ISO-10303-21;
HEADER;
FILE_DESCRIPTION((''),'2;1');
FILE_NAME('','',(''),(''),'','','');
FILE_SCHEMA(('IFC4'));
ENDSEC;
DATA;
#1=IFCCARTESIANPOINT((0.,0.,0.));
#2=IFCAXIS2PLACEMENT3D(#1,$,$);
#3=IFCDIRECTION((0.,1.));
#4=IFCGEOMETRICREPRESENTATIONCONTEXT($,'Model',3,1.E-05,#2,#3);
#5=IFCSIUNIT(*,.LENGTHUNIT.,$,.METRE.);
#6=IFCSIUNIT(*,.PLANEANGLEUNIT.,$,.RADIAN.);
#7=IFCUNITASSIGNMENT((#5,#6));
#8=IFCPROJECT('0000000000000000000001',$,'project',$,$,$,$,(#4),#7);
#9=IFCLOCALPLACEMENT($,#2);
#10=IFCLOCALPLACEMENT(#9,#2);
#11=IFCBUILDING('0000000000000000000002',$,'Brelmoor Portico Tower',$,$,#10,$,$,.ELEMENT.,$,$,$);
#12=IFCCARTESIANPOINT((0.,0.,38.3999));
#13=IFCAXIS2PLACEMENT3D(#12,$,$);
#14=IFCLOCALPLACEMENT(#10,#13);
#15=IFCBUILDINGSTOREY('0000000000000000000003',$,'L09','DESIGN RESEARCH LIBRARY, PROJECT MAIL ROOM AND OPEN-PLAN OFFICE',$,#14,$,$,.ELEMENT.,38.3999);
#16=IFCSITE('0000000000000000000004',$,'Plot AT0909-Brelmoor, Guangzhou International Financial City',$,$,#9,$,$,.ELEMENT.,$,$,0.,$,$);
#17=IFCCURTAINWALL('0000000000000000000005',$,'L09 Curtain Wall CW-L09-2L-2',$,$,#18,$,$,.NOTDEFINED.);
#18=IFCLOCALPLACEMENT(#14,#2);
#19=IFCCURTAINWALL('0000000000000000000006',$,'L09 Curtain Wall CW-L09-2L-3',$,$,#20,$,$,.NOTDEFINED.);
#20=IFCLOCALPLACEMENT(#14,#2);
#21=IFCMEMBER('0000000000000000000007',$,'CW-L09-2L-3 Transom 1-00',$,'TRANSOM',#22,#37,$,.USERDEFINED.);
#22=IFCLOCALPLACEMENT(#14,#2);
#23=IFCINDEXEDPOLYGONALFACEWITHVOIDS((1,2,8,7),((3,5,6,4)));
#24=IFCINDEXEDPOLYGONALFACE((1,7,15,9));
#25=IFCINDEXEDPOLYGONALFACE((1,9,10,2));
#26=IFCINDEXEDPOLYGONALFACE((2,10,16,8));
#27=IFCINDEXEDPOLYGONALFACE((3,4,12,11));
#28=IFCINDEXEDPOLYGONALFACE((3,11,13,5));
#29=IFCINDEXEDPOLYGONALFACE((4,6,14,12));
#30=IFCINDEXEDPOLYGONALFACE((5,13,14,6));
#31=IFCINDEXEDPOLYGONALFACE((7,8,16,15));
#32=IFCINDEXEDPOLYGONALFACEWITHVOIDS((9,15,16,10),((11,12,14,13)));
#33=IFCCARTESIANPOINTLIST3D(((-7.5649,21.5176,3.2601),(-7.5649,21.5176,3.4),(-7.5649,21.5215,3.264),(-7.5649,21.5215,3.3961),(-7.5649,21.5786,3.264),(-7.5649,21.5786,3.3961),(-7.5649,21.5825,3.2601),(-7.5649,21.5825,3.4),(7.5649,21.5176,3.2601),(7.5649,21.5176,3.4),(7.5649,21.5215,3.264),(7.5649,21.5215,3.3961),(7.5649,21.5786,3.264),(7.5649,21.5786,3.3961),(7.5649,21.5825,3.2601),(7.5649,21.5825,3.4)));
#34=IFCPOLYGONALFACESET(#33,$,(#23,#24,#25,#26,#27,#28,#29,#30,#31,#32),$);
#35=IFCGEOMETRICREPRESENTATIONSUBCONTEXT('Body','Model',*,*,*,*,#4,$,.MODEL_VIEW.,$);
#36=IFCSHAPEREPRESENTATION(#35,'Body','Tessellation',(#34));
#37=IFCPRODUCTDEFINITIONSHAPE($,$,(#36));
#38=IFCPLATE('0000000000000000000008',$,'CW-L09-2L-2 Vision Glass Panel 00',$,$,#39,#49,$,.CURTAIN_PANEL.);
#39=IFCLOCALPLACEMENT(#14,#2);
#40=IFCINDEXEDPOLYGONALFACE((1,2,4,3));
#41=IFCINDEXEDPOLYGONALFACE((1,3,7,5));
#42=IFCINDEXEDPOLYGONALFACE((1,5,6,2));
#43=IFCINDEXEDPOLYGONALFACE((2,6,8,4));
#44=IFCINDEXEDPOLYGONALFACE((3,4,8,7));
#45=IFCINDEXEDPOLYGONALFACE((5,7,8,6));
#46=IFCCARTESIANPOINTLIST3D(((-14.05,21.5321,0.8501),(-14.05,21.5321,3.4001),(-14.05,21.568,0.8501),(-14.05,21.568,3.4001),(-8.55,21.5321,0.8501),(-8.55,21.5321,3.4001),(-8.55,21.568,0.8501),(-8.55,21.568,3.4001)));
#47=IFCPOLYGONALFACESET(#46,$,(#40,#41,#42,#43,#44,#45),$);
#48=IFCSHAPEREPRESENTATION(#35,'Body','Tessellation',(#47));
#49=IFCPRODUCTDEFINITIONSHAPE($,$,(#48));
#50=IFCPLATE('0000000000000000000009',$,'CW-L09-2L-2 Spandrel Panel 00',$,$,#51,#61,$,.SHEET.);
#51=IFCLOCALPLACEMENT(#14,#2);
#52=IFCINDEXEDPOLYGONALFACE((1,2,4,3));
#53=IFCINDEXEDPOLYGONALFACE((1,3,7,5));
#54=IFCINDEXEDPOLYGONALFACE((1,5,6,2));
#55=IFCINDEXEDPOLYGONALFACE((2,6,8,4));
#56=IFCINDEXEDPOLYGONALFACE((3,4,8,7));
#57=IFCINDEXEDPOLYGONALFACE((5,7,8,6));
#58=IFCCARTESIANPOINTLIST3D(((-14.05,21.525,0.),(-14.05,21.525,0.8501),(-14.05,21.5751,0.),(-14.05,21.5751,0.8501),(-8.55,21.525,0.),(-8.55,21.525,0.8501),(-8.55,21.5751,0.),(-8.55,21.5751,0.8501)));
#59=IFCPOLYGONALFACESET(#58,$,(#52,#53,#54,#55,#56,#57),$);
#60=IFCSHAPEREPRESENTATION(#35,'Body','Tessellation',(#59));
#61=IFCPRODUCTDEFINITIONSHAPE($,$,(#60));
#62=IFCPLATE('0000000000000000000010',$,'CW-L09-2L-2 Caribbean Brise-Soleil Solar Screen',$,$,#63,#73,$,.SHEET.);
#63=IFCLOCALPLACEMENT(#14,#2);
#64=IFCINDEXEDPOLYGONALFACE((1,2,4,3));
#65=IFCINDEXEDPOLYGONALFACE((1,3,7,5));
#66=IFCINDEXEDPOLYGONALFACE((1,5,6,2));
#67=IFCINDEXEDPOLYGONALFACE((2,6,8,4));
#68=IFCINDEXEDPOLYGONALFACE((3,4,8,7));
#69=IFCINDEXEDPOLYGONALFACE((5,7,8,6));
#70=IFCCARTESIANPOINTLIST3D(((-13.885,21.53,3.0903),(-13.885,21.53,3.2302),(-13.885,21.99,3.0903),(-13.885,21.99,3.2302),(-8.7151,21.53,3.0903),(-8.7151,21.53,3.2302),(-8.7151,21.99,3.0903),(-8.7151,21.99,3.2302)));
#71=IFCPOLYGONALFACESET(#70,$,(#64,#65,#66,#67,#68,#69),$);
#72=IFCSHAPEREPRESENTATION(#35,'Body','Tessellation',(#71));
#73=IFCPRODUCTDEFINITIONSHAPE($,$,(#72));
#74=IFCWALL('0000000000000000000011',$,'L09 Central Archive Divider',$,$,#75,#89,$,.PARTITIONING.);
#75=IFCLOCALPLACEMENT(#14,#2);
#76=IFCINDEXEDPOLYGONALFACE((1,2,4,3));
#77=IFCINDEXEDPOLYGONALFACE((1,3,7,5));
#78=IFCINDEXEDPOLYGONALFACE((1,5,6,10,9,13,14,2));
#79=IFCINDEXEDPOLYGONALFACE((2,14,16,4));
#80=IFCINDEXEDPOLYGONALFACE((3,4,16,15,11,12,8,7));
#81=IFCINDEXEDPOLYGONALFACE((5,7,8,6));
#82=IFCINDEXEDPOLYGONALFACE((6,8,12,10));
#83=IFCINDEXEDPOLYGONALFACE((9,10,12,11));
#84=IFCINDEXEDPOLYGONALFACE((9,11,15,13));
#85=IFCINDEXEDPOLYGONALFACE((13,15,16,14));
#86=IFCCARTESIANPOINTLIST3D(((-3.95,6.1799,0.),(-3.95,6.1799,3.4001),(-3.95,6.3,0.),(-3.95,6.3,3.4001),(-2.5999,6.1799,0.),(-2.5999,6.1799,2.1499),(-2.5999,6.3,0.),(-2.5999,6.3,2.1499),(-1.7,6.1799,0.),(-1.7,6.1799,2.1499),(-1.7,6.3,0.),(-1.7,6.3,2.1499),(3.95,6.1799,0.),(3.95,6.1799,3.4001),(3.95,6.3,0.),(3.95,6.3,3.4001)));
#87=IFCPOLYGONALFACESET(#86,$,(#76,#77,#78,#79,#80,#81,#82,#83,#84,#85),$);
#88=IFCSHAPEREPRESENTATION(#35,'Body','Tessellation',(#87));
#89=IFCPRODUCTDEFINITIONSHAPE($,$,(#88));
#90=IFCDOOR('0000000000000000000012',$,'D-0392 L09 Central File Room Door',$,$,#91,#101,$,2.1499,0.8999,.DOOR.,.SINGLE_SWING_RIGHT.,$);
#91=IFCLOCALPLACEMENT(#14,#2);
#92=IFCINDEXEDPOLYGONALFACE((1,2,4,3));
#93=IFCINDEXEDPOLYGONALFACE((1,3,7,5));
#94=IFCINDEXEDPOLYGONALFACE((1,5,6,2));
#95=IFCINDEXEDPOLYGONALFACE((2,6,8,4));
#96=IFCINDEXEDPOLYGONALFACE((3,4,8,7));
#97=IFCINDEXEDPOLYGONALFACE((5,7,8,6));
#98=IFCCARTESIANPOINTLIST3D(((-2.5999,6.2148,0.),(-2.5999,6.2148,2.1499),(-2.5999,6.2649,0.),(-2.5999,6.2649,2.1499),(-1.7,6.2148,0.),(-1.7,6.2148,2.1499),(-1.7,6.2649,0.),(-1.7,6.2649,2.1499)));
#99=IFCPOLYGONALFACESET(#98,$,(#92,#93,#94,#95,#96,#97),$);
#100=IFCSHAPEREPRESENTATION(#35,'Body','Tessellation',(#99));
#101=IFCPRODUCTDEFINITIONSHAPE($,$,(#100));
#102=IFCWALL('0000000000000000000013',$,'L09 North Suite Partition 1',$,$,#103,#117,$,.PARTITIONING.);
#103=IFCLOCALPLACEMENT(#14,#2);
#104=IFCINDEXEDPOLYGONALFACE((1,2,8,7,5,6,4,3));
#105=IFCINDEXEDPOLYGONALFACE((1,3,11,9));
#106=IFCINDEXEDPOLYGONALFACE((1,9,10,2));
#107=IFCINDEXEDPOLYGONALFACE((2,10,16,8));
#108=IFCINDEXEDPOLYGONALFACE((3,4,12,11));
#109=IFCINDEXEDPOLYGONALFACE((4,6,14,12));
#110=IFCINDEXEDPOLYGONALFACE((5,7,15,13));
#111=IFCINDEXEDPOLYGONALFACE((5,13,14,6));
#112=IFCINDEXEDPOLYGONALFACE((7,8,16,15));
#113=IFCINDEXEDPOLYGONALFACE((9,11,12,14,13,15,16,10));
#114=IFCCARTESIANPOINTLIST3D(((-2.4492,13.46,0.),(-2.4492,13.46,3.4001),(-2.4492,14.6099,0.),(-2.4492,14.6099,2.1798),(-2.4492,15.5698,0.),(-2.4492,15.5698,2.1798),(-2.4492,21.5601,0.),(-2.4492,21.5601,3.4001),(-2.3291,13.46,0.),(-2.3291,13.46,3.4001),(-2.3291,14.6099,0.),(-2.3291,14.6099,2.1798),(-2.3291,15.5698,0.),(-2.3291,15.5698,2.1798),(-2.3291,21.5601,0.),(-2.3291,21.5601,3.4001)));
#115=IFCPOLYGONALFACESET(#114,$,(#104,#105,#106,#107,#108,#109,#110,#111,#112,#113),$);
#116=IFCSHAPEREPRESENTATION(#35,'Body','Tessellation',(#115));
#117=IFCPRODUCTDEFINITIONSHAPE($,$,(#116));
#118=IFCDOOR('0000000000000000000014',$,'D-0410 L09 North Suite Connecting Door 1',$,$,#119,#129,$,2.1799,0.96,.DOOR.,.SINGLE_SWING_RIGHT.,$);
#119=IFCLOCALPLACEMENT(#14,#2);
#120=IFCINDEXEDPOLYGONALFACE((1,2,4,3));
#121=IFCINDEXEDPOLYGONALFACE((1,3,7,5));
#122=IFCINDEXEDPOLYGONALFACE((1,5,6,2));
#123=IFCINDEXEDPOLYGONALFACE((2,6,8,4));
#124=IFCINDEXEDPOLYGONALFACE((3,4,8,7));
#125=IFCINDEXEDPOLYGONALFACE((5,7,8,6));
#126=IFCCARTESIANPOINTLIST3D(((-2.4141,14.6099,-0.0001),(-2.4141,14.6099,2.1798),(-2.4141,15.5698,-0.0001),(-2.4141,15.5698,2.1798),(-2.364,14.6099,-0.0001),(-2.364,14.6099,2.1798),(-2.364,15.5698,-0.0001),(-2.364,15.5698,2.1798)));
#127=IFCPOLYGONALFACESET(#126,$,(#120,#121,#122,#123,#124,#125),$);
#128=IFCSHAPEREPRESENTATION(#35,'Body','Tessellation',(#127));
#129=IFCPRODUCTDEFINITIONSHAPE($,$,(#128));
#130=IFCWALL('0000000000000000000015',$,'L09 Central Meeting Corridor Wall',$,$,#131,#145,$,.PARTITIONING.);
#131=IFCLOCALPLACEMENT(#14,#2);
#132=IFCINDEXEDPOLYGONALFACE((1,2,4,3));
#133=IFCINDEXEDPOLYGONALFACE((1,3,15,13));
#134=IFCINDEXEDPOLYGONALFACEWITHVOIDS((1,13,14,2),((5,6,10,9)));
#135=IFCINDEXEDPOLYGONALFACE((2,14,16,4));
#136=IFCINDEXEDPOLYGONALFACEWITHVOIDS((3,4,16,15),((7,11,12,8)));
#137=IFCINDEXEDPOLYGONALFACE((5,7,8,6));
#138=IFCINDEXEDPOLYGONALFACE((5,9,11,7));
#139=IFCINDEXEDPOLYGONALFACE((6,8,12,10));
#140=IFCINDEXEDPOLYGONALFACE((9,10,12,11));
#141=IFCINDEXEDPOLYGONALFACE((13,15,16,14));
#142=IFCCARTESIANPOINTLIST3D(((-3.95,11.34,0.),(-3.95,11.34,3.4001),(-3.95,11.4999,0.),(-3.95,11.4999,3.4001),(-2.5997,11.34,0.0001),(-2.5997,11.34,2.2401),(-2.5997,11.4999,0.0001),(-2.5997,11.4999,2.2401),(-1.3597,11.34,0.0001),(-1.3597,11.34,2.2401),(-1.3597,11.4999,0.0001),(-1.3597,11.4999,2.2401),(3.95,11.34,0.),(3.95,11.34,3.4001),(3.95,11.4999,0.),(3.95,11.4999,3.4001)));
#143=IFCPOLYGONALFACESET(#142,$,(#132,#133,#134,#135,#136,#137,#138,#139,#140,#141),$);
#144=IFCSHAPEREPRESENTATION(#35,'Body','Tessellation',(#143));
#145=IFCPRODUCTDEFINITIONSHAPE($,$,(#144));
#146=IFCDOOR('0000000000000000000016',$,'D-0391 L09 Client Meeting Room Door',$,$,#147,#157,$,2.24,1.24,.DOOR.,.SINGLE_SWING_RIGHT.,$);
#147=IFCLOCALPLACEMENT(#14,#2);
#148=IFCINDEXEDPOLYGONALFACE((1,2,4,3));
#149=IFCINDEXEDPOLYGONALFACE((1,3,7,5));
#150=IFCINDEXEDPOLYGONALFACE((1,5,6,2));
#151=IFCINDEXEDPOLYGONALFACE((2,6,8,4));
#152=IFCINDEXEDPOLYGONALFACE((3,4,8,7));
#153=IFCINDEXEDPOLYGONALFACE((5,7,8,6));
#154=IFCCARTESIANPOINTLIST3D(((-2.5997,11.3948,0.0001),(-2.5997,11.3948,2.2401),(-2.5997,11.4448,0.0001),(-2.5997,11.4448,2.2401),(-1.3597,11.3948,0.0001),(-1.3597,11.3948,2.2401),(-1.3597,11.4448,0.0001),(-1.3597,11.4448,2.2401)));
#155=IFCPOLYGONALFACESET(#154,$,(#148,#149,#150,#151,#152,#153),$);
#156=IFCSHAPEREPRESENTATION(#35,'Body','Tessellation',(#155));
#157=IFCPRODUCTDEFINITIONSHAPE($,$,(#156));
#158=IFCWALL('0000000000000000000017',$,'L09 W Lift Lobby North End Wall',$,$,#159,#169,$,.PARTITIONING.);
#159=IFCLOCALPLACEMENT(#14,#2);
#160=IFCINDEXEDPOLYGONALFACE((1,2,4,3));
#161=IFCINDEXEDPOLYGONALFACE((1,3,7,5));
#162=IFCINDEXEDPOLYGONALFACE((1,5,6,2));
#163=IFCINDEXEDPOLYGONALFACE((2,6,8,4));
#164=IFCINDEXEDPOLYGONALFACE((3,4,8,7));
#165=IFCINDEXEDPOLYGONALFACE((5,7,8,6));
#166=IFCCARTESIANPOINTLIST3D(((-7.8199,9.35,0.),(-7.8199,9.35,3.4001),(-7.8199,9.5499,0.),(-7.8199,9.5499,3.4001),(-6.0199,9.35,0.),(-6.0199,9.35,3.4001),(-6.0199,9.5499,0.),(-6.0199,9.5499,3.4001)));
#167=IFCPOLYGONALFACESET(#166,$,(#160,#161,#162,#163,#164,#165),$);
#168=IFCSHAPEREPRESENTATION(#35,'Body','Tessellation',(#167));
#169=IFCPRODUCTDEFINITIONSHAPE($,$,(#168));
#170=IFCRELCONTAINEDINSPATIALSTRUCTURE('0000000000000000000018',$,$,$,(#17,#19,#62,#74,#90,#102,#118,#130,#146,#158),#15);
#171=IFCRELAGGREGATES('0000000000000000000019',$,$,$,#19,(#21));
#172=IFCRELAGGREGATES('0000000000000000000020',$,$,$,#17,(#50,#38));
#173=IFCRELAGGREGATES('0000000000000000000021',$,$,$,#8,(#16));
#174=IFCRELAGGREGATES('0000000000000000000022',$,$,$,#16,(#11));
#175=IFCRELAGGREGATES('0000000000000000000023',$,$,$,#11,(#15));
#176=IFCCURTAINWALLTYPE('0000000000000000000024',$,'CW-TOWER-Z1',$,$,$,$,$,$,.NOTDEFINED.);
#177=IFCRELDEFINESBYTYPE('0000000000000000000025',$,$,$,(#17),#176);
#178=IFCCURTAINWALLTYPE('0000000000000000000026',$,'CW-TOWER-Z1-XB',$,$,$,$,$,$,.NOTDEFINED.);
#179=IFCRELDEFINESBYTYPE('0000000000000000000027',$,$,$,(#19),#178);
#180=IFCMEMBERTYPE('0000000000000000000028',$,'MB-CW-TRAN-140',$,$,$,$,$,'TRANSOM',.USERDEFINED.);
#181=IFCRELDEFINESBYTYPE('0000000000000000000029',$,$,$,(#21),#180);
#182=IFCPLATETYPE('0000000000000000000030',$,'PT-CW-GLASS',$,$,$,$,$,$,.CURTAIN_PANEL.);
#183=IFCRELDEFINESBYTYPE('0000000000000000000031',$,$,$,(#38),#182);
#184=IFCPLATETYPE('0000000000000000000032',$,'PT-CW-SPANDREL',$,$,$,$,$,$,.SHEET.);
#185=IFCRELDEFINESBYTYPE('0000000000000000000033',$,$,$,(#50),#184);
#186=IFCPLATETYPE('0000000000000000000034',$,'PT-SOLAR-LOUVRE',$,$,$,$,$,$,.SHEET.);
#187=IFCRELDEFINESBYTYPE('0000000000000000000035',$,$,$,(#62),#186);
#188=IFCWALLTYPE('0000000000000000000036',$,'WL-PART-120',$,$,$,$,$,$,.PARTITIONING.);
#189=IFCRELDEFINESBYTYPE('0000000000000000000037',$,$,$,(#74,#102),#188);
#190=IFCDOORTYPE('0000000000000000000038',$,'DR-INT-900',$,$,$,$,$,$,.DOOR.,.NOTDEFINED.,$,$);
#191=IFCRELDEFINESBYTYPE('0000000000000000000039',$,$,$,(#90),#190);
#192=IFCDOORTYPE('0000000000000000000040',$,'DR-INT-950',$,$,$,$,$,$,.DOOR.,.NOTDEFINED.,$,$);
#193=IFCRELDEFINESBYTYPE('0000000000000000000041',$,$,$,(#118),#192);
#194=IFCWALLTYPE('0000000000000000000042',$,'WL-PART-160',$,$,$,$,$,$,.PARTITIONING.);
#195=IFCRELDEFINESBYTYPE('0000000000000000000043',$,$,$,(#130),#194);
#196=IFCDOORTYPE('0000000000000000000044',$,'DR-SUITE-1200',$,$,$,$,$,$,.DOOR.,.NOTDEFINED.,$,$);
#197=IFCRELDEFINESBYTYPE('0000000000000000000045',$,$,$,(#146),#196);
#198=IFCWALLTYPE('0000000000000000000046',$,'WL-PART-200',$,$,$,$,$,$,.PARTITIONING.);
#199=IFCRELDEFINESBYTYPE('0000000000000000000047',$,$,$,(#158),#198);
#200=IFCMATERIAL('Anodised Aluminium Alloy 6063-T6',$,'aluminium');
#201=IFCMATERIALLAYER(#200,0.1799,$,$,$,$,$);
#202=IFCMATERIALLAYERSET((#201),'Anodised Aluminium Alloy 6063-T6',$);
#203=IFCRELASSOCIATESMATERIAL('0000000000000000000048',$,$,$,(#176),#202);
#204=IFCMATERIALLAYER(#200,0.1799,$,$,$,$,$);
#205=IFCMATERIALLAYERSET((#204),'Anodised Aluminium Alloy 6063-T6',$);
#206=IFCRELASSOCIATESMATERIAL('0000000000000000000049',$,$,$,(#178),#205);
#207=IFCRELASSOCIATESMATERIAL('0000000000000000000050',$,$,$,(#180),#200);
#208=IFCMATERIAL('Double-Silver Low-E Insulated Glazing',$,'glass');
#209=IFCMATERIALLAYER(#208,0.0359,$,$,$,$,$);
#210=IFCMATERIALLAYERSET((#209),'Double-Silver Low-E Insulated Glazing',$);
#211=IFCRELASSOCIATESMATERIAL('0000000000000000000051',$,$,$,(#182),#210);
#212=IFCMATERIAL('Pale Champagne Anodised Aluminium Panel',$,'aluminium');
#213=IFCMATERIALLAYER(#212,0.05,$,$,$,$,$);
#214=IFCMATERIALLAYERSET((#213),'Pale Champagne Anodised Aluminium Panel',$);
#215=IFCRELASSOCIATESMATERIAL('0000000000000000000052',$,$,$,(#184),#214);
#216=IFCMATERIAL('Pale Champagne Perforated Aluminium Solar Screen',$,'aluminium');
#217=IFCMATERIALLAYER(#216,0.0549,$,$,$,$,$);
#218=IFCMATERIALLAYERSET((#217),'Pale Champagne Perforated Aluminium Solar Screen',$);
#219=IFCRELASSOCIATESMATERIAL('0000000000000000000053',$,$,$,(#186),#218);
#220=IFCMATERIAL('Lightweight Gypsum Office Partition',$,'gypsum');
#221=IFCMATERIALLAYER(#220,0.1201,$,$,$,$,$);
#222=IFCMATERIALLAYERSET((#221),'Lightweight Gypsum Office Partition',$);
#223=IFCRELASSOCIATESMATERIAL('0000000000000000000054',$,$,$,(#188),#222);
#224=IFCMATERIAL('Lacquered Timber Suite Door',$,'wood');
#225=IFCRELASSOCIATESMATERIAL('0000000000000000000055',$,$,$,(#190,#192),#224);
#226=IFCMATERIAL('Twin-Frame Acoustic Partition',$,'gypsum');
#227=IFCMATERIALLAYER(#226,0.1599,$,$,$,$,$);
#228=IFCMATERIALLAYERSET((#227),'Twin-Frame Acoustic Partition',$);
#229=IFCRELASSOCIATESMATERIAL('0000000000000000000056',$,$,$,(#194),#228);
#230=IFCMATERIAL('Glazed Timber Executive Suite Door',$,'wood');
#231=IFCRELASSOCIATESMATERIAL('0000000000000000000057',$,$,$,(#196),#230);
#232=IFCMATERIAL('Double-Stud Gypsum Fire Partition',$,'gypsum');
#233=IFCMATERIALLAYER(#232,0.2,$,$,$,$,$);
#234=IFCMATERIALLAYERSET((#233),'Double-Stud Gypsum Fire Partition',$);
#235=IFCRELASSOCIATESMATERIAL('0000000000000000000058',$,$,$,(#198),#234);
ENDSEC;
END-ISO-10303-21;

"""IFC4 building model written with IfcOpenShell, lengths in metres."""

from ifc_helpers import new_model, si_unit, direction, frame, frame_2d, origin, origin_2d, place, context, subcontext, project, spatial, rectangle, hollow_rectangle, extrude, material, layer, layer_set, material_profile, profile_set, type_object, element, fill, aggregate, save


model = new_model("IFC4")

# Units and contexts
model_context = context("Model", 3, precision=1e-05, world=origin(), true_north=direction((0.0, 1.0)))
body_context = subcontext(model_context, "Body", "Model", "MODEL_VIEW")
ifc_project = project(units=[si_unit("LENGTHUNIT", "METRE"), si_unit("PLANEANGLEUNIT", "RADIAN")], contexts=[model_context])

# Site, building, storey
site_placement = place(None, origin())
site = spatial("IfcSite", under=ifc_project, at=site_placement, Name="Plot AT0909-Brelmoor, Guangzhou International Financial City", CompositionType="ELEMENT", RefElevation=0.0)
building_placement = place(site_placement, origin())
building = spatial("IfcBuilding", under=site, at=building_placement, Name="Brelmoor Portico Tower", CompositionType="ELEMENT")
storey_placement = place(building_placement, frame((0.0, 0.0, 38.3999)))
storey = spatial("IfcBuildingStorey", under=building, at=storey_placement, Name="L09", Description="DESIGN RESEARCH LIBRARY, PROJECT MAIL ROOM AND OPEN-PLAN OFFICE", CompositionType="ELEMENT", Elevation=38.3999)

# Curtain wall
ifc_material_1 = material(Name="Anodised Aluminium Alloy 6063-T6", Category="aluminium")
ifc_layer_1 = layer(ifc_material_1, 0.1799)
ifc_layer_set_1 = layer_set([ifc_layer_1], Name="Anodised Aluminium Alloy 6063-T6")
curtain_wall_type_1 = type_object("IfcCurtainWallType", Name="CW-TOWER-Z1", PredefinedType="NOTDEFINED", material=ifc_layer_set_1)
curtain_wall_1_placement = place(storey_placement, origin())
curtain_wall_1 = element("IfcCurtainWall", 1, at=curtain_wall_1_placement, inside=storey, type_object=curtain_wall_type_1, Name="L09 Curtain Wall CW-L09-2L-2", PredefinedType="NOTDEFINED")

# Curtain wall, member
ifc_layer_2 = layer(ifc_material_1, 0.1799)
ifc_layer_set_2 = layer_set([ifc_layer_2], Name="Anodised Aluminium Alloy 6063-T6")
curtain_wall_type_2 = type_object("IfcCurtainWallType", Name="CW-TOWER-Z1-XB", PredefinedType="NOTDEFINED", material=ifc_layer_set_2)
curtain_wall_2_placement = place(storey_placement, origin())
curtain_wall_2 = element("IfcCurtainWall", 2, at=curtain_wall_2_placement, inside=storey, type_object=curtain_wall_type_2, Name="L09 Curtain Wall CW-L09-2L-3", PredefinedType="NOTDEFINED")
ifc_material_profile_1 = material_profile(ifc_material_1, hollow_rectangle(XDim=0.0649, YDim=0.1399, WallThickness=0.0039, at=origin_2d()), Name="ALU TRANSOM 65x140")
ifc_profile_set_1 = profile_set([ifc_material_profile_1], Name="Anodised Aluminium Alloy 6063-T6")
member_type_1 = type_object("IfcMemberType", Name="MB-CW-TRAN-140", ElementType="TRANSOM", PredefinedType="USERDEFINED", material=ifc_profile_set_1)
member_1_placement = place(storey_placement, frame((-7.5649, 21.55, 3.3301), z_axis=(1.0, 0.0, 0.0), x_axis=(0.0, 1.0, 0.0)))
member_1 = element("IfcMember", 3, at=member_1_placement, type_object=member_type_1, Name="CW-L09-2L-3 Transom 1-00", ObjectType="TRANSOM", PredefinedType="USERDEFINED", context=body_context, shape_type="SweptSolid", body=[
    extrude(hollow_rectangle(XDim=0.0649, YDim=0.1399, WallThickness=0.0039, at=origin_2d()), origin(), (0.0, 0.0, 1.0), 15.1299),
])
aggregate(curtain_wall_2, [member_1])

# Plates
ifc_material_2 = material(Name="Double-Silver Low-E Insulated Glazing", Category="glass")
ifc_layer_3 = layer(ifc_material_2, 0.0359)
ifc_layer_set_3 = layer_set([ifc_layer_3], Name="Double-Silver Low-E Insulated Glazing")
plate_type_1 = type_object("IfcPlateType", Name="PT-CW-GLASS", PredefinedType="CURTAIN_PANEL", material=ifc_layer_set_3)
plate_1_placement = place(storey_placement, frame((-11.3, 21.55, 0.8501), z_axis=(0.0, 0.0, 1.0), x_axis=(1.0, 0.0, 0.0)))
plate_1 = element("IfcPlate", 4, at=plate_1_placement, type_object=plate_type_1, Name="CW-L09-2L-2 Vision Glass Panel 00", PredefinedType="CURTAIN_PANEL", context=body_context, shape_type="SweptSolid", body=[
    extrude(rectangle(XDim=5.5, YDim=0.0359, at=origin_2d()), origin(), (0.0, 0.0, 1.0), 2.55),
])
ifc_material_3 = material(Name="Pale Champagne Anodised Aluminium Panel", Category="aluminium")
ifc_layer_4 = layer(ifc_material_3, 0.05)
ifc_layer_set_4 = layer_set([ifc_layer_4], Name="Pale Champagne Anodised Aluminium Panel")
plate_type_2 = type_object("IfcPlateType", Name="PT-CW-SPANDREL", PredefinedType="SHEET", material=ifc_layer_set_4)
plate_2_placement = place(storey_placement, frame((-11.3, 21.55, 0.0), z_axis=(0.0, 0.0, 1.0), x_axis=(1.0, 0.0, 0.0)))
plate_2 = element("IfcPlate", 5, at=plate_2_placement, type_object=plate_type_2, Name="CW-L09-2L-2 Spandrel Panel 00", PredefinedType="SHEET", context=body_context, shape_type="SweptSolid", body=[
    extrude(rectangle(XDim=5.5, YDim=0.05, at=origin_2d()), origin(), (0.0, 0.0, 1.0), 0.8501),
])
aggregate(curtain_wall_1, [plate_2, plate_1])
ifc_material_4 = material(Name="Pale Champagne Perforated Aluminium Solar Screen", Category="aluminium")
ifc_layer_5 = layer(ifc_material_4, 0.0549)
ifc_layer_set_5 = layer_set([ifc_layer_5], Name="Pale Champagne Perforated Aluminium Solar Screen")
plate_type_3 = type_object("IfcPlateType", Name="PT-SOLAR-LOUVRE", PredefinedType="SHEET", material=ifc_layer_set_5)
plate_3_placement = place(storey_placement, frame((-11.3, 21.76, 3.0903), z_axis=(0.0, 0.0, 1.0), x_axis=(1.0, 0.0, 0.0)))
element("IfcPlate", 6, at=plate_3_placement, inside=storey, type_object=plate_type_3, Name="CW-L09-2L-2 Caribbean Brise-Soleil Solar Screen", PredefinedType="SHEET", context=body_context, shape_type="SweptSolid", body=[
    extrude(rectangle(XDim=5.1699, YDim=0.46, at=origin_2d()), origin(), (0.0, 0.0, 1.0), 0.1399),
])

# Walls, openings, doors
ifc_material_5 = material(Name="Lightweight Gypsum Office Partition", Category="gypsum")
ifc_layer_6 = layer(ifc_material_5, 0.1201)
ifc_layer_set_6 = layer_set([ifc_layer_6], Name="Lightweight Gypsum Office Partition")
wall_type_1 = type_object("IfcWallType", Name="WL-PART-120", PredefinedType="PARTITIONING", material=ifc_layer_set_6)
wall_1_placement = place(storey_placement, frame((-3.95, 6.24, 0.0), z_axis=(0.0, 0.0, 1.0), x_axis=(1.0, 0.0, 0.0)))
wall_1 = element("IfcWall", 7, at=wall_1_placement, inside=storey, type_object=wall_type_1, Name="L09 Central Archive Divider", PredefinedType="PARTITIONING", context=body_context, shape_type="SweptSolid", body=[
    extrude(rectangle(XDim=7.8999, YDim=0.1201, at=frame_2d((3.95, 0.0))), origin(), (0.0, 0.0, 1.0), 3.4001),
])
opening_1_placement = place(wall_1_placement, frame((1.3501, 0.0, 0.0)))
opening_1 = element("IfcOpeningElement", 8, at=opening_1_placement, cuts=wall_1, PredefinedType="OPENING", context=body_context, shape_type="SweptSolid", body=[
    extrude(rectangle(XDim=0.8999, YDim=2.1499, at=frame_2d((0.45, 1.075))), frame((0.0, 0.0701, 0.0), z_axis=(0.0, -1.0, 0.0), x_axis=(1.0, 0.0, 0.0)), (0.0, 0.0, 1.0), 0.1401),
])
ifc_material_6 = material(Name="Lacquered Timber Suite Door", Category="wood")
door_type_1 = type_object("IfcDoorType", Name="DR-INT-900", OperationType="NOTDEFINED", PredefinedType="DOOR", material=ifc_material_6)
door_1_placement = place(opening_1_placement, origin())
door_1 = element("IfcDoor", 9, at=door_1_placement, inside=storey, type_object=door_type_1, Name="D-0392 L09 Central File Room Door", OperationType="SINGLE_SWING_RIGHT", OverallHeight=2.1499, OverallWidth=0.8999, PredefinedType="DOOR", context=body_context, shape_type="SweptSolid", body=[
    extrude(rectangle(XDim=0.8999, YDim=2.1499, at=frame_2d((0.45, 1.075))), frame((0.0, 0.0249, 0.0), z_axis=(0.0, -1.0, 0.0), x_axis=(1.0, 0.0, 0.0)), (0.0, 0.0, 1.0), 0.05),
])
fill(opening_1, door_1)
wall_2_placement = place(storey_placement, frame((-2.3892, 13.46, 0.0), z_axis=(0.0, 0.0, 1.0), x_axis=(0.0, 1.0, 0.0)))
wall_2 = element("IfcWall", 10, at=wall_2_placement, inside=storey, type_object=wall_type_1, Name="L09 North Suite Partition 1", PredefinedType="PARTITIONING", context=body_context, shape_type="SweptSolid", body=[
    extrude(rectangle(XDim=8.1001, YDim=0.1201, at=frame_2d((4.05, 0.0))), origin(), (0.0, 0.0, 1.0), 3.4001),
])
opening_2_placement = place(wall_2_placement, frame((1.1499, 0.0, 0.0)))
opening_2 = element("IfcOpeningElement", 11, at=opening_2_placement, cuts=wall_2, PredefinedType="OPENING", context=body_context, shape_type="SweptSolid", body=[
    extrude(rectangle(XDim=0.96, YDim=2.1799, at=frame_2d((0.48, 1.0898))), frame((0.0, 0.0701, 0.0), z_axis=(0.0, -1.0, 0.0), x_axis=(1.0, 0.0, 0.0)), (0.0, 0.0, 1.0), 0.1401),
])
door_type_2 = type_object("IfcDoorType", Name="DR-INT-950", OperationType="NOTDEFINED", PredefinedType="DOOR", material=ifc_material_6)
door_2_placement = place(opening_2_placement, origin())
door_2 = element("IfcDoor", 12, at=door_2_placement, inside=storey, type_object=door_type_2, Name="D-0410 L09 North Suite Connecting Door 1", OperationType="SINGLE_SWING_RIGHT", OverallHeight=2.1799, OverallWidth=0.96, PredefinedType="DOOR", context=body_context, shape_type="SweptSolid", body=[
    extrude(rectangle(XDim=0.96, YDim=2.1799, at=frame_2d((0.48, 1.0898))), frame((0.0, 0.0249, 0.0), z_axis=(0.0, -1.0, 0.0), x_axis=(1.0, 0.0, 0.0)), (0.0, 0.0, 1.0), 0.05),
])
fill(opening_2, door_2)
ifc_material_7 = material(Name="Twin-Frame Acoustic Partition", Category="gypsum")
ifc_layer_7 = layer(ifc_material_7, 0.1599)
ifc_layer_set_7 = layer_set([ifc_layer_7], Name="Twin-Frame Acoustic Partition")
wall_type_2 = type_object("IfcWallType", Name="WL-PART-160", PredefinedType="PARTITIONING", material=ifc_layer_set_7)
wall_3_placement = place(storey_placement, frame((-3.95, 11.4199, 0.0), z_axis=(0.0, 0.0, 1.0), x_axis=(1.0, 0.0, 0.0)))
wall_3 = element("IfcWall", 13, at=wall_3_placement, inside=storey, type_object=wall_type_2, Name="L09 Central Meeting Corridor Wall", PredefinedType="PARTITIONING", context=body_context, shape_type="SweptSolid", body=[
    extrude(rectangle(XDim=7.8999, YDim=0.1599, at=frame_2d((3.95, 0.0))), origin(), (0.0, 0.0, 1.0), 3.4001),
])
opening_3_placement = place(wall_3_placement, frame((1.3501, 0.0, 0.0)))
opening_3 = element("IfcOpeningElement", 14, at=opening_3_placement, cuts=wall_3, PredefinedType="OPENING", context=body_context, shape_type="SweptSolid", body=[
    extrude(rectangle(XDim=1.24, YDim=2.24, at=frame_2d((0.6201, 1.1201))), frame((0.0, 0.0898, 0.0), z_axis=(0.0, -1.0, 0.0), x_axis=(1.0, 0.0, 0.0)), (0.0, 0.0, 1.0), 0.1799),
])
ifc_material_8 = material(Name="Glazed Timber Executive Suite Door", Category="wood")
door_type_3 = type_object("IfcDoorType", Name="DR-SUITE-1200", OperationType="NOTDEFINED", PredefinedType="DOOR", material=ifc_material_8)
door_3_placement = place(opening_3_placement, origin())
door_3 = element("IfcDoor", 15, at=door_3_placement, inside=storey, type_object=door_type_3, Name="D-0391 L09 Client Meeting Room Door", OperationType="SINGLE_SWING_RIGHT", OverallHeight=2.24, OverallWidth=1.24, PredefinedType="DOOR", context=body_context, shape_type="SweptSolid", body=[
    extrude(rectangle(XDim=1.24, YDim=2.24, at=frame_2d((0.6201, 1.1201))), frame((0.0, 0.0249, 0.0), z_axis=(0.0, -1.0, 0.0), x_axis=(1.0, 0.0, 0.0)), (0.0, 0.0, 1.0), 0.05),
])
fill(opening_3, door_3)

# Wall
ifc_material_9 = material(Name="Double-Stud Gypsum Fire Partition", Category="gypsum")
ifc_layer_8 = layer(ifc_material_9, 0.2)
ifc_layer_set_8 = layer_set([ifc_layer_8], Name="Double-Stud Gypsum Fire Partition")
wall_type_3 = type_object("IfcWallType", Name="WL-PART-200", PredefinedType="PARTITIONING", material=ifc_layer_set_8)
wall_4_placement = place(storey_placement, frame((-6.02, 9.45, 0.0), z_axis=(0.0, 0.0, 1.0), x_axis=(-1.0, 0.0, 0.0)))
element("IfcWall", 16, at=wall_4_placement, inside=storey, type_object=wall_type_3, Name="L09 W Lift Lobby North End Wall", PredefinedType="PARTITIONING", context=body_context, shape_type="SweptSolid", body=[
    extrude(rectangle(XDim=1.8, YDim=0.2, at=frame_2d((0.8999, 0.0))), origin(), (0.0, 0.0, 1.0), 3.4001),
])

save(model, "model.ifc")
